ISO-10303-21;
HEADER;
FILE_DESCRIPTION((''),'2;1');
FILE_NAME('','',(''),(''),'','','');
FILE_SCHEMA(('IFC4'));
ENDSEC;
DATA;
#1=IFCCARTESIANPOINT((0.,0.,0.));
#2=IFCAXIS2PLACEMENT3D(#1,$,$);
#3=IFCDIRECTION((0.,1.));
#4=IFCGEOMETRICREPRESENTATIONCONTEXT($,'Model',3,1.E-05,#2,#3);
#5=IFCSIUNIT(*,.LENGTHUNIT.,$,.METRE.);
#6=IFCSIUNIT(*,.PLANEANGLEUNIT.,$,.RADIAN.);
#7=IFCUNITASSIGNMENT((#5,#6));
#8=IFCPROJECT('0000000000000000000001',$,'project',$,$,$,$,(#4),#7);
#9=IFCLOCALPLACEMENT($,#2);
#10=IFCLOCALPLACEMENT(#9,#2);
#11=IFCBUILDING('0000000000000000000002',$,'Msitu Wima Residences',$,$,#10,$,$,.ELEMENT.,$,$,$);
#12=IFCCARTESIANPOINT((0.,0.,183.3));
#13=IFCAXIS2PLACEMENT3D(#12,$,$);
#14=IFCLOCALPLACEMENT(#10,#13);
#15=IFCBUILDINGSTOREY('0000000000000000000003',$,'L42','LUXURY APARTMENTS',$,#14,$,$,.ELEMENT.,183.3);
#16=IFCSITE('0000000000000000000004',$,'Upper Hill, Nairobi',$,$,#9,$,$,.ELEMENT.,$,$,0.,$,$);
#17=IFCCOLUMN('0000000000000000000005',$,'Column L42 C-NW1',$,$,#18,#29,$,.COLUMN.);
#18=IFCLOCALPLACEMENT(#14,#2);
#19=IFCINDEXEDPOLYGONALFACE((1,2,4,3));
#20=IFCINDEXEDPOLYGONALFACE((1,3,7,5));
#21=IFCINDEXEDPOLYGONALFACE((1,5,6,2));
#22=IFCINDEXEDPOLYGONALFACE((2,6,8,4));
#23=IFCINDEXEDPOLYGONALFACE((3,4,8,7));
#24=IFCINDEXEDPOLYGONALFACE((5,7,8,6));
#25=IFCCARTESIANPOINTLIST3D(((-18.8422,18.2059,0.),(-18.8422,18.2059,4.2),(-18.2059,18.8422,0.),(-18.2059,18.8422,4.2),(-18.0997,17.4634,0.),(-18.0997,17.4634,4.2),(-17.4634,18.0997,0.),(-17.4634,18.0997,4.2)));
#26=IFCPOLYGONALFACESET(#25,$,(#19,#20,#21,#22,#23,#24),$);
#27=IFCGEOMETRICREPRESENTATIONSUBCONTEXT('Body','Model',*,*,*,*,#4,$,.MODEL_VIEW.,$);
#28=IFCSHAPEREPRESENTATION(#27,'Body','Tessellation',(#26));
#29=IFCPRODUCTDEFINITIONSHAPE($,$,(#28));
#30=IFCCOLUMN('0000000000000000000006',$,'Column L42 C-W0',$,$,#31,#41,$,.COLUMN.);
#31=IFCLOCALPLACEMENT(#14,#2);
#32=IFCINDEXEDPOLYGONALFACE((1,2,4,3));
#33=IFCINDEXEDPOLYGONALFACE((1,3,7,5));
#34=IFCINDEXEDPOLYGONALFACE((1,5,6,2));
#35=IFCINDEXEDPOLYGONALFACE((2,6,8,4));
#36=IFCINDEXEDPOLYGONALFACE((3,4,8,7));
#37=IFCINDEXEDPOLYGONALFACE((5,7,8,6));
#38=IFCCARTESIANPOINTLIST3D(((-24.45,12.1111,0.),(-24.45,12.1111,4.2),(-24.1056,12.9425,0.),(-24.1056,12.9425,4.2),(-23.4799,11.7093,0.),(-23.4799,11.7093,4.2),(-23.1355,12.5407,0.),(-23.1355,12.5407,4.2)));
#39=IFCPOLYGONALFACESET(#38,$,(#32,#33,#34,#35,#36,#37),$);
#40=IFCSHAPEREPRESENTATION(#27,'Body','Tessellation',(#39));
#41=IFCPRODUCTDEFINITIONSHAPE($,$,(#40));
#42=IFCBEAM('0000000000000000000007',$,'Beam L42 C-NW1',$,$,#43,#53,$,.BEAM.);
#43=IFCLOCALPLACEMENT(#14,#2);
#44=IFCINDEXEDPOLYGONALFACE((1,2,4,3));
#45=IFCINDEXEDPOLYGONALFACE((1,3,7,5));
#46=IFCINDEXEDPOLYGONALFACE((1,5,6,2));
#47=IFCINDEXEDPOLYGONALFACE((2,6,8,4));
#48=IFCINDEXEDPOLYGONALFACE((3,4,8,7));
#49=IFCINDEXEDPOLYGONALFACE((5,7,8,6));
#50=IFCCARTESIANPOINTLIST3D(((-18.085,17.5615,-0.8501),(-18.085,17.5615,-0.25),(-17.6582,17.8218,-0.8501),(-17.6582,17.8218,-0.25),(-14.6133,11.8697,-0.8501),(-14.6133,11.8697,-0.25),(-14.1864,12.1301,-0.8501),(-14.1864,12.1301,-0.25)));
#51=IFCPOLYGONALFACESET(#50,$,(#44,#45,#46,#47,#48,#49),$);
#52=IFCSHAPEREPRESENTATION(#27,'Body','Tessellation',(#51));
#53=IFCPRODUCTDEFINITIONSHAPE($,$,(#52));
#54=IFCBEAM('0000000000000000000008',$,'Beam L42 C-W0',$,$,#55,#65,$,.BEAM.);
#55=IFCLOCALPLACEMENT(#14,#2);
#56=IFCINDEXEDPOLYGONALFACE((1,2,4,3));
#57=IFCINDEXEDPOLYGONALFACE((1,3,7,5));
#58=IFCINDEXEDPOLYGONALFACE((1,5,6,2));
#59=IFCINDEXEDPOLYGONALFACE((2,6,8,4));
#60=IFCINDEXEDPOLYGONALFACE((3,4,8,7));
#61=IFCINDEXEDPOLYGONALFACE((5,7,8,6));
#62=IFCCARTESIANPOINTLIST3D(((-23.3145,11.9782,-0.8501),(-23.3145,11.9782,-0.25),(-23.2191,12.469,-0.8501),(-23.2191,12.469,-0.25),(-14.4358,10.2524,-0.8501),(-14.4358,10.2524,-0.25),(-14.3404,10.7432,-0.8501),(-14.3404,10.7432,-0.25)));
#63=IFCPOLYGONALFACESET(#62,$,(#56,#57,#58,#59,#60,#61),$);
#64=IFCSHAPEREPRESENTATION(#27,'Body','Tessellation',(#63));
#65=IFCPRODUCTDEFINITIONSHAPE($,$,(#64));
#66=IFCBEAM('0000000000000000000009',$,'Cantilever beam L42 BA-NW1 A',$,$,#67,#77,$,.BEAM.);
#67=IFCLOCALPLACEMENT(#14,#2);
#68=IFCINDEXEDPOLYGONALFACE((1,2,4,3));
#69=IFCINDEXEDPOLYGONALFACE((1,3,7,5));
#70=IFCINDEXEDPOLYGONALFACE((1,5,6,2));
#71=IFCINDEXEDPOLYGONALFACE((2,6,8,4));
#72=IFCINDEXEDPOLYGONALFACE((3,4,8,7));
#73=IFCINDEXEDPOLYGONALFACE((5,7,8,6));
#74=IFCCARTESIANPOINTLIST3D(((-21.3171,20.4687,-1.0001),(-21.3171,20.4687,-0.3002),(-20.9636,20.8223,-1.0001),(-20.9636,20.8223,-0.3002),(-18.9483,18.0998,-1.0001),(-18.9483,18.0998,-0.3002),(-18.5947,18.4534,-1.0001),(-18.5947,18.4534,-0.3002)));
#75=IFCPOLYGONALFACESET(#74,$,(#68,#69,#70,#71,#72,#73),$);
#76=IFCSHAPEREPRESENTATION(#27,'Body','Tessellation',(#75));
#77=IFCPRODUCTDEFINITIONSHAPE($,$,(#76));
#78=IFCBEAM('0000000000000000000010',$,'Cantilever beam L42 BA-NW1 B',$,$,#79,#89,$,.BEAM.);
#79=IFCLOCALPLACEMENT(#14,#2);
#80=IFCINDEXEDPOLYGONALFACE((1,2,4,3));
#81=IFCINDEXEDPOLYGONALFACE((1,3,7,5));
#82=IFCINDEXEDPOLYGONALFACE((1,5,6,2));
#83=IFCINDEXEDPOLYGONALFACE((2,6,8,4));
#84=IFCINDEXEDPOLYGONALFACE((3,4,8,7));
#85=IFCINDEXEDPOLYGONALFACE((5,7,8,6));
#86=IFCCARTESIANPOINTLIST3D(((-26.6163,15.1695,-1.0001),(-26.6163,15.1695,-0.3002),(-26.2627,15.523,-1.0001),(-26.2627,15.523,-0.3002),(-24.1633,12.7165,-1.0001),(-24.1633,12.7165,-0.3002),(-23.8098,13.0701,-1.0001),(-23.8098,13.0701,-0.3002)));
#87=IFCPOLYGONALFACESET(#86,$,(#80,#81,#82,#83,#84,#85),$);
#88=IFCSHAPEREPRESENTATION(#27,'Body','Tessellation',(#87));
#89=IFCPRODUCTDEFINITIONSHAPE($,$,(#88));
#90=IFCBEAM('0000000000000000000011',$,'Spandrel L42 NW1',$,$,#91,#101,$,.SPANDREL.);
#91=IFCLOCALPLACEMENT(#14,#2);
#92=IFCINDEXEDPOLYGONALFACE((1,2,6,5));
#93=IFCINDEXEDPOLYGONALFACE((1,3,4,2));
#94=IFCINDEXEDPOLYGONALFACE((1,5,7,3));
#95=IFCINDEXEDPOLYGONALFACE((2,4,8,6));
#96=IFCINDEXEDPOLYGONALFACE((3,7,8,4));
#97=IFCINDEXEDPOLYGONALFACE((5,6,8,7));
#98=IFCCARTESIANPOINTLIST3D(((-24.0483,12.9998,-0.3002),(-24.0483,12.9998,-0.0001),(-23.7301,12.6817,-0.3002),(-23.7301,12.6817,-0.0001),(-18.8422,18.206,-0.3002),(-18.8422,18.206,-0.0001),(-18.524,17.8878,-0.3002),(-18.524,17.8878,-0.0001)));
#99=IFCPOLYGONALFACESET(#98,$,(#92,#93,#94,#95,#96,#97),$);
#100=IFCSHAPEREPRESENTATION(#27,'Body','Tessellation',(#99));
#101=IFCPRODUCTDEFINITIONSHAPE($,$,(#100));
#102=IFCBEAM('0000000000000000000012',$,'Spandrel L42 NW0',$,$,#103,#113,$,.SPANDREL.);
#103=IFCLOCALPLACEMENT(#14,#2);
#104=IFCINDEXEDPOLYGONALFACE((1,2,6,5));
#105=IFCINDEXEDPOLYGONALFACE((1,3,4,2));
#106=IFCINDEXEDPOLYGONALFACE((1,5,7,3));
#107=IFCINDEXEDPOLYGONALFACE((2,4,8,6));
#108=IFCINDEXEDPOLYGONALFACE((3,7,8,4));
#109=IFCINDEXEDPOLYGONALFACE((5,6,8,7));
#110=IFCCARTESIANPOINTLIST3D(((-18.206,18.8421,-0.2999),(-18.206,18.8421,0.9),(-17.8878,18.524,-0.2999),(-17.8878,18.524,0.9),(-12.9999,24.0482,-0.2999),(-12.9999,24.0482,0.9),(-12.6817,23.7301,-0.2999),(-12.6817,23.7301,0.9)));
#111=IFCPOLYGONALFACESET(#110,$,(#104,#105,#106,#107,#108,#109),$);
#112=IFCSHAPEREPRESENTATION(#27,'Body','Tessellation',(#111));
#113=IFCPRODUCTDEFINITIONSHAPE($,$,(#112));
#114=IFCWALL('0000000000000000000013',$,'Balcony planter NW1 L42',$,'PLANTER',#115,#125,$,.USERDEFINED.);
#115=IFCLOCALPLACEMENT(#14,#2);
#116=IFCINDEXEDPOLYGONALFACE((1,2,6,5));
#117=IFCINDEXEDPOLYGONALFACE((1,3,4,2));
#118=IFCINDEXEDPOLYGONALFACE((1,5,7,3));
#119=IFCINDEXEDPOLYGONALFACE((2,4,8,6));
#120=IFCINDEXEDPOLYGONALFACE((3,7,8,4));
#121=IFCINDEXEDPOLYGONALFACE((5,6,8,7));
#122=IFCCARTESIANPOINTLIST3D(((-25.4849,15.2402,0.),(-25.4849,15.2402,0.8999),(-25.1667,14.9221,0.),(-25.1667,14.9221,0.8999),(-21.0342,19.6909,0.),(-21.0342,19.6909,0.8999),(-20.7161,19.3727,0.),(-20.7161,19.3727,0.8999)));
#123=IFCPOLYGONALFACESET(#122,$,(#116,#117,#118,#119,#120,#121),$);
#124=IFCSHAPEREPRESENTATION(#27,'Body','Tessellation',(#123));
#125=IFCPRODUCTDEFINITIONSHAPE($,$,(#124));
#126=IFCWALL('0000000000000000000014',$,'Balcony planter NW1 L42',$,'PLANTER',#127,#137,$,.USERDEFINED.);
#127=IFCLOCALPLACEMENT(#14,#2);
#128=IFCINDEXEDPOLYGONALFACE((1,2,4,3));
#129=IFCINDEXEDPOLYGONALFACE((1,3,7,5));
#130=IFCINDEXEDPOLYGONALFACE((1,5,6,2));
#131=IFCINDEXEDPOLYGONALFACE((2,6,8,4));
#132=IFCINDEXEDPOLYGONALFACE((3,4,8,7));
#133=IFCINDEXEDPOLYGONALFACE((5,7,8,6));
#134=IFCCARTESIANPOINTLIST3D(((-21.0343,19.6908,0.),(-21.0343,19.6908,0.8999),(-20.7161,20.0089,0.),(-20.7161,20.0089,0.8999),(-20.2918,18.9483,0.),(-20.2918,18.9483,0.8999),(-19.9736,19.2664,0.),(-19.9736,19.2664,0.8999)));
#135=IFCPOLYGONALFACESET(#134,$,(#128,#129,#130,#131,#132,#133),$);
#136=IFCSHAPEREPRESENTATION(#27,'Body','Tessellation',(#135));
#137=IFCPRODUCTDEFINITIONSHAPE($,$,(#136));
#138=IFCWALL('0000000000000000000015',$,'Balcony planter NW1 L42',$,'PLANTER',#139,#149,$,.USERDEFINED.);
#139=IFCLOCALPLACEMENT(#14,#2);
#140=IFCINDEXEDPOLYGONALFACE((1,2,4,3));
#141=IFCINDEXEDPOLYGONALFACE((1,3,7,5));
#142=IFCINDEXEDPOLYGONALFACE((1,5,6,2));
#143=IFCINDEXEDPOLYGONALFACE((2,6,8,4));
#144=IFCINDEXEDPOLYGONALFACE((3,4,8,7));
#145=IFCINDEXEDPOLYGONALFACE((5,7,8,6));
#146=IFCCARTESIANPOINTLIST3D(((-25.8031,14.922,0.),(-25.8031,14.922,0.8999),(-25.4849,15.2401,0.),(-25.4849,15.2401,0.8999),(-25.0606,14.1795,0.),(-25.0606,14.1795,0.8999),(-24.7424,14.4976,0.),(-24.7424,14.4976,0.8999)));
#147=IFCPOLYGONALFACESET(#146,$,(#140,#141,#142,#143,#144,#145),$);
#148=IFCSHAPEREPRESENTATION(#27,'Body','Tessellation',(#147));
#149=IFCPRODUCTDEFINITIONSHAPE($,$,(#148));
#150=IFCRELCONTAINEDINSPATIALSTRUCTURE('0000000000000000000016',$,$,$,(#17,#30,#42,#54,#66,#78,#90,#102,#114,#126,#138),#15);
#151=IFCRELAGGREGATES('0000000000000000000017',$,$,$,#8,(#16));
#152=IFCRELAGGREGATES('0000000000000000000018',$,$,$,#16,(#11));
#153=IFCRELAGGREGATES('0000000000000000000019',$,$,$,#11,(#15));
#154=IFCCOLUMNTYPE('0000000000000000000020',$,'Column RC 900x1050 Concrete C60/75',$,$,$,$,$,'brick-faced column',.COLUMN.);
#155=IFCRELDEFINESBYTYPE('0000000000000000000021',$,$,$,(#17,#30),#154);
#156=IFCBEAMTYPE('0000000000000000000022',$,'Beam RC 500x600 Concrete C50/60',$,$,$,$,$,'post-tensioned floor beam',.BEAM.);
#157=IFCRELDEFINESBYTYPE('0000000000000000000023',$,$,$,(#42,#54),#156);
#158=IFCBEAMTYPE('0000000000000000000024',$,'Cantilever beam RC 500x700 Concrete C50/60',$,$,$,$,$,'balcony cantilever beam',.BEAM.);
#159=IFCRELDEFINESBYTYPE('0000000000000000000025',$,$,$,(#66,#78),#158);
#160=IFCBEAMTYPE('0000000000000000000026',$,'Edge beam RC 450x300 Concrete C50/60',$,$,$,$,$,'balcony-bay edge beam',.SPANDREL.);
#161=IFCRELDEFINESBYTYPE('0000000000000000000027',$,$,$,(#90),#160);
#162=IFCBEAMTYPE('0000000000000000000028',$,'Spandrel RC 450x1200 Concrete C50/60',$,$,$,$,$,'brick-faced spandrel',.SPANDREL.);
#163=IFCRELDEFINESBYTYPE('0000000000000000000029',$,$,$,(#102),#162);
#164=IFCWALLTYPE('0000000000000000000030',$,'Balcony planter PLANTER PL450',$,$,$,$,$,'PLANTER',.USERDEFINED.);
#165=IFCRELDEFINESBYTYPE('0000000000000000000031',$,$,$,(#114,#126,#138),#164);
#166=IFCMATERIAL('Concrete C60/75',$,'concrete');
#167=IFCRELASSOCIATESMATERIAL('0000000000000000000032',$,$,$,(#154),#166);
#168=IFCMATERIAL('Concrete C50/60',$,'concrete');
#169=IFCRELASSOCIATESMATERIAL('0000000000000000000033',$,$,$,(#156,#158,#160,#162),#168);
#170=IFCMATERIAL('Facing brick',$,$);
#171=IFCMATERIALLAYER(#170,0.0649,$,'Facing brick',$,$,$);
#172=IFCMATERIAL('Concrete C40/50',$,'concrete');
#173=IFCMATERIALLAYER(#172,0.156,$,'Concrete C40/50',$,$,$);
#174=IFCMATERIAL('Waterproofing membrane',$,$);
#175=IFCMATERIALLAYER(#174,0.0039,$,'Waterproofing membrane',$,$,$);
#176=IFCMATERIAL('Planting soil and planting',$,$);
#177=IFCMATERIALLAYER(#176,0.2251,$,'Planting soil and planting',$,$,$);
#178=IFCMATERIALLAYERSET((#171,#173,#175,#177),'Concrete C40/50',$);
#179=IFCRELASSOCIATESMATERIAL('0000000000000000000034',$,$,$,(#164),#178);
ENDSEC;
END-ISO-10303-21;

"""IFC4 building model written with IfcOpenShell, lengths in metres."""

from ifc_helpers import new_model, si_unit, direction, frame, frame_2d, origin, origin_2d, place, context, subcontext, project, spatial, rectangle, extrude, material, layer, layer_set, material_profile, profile_set, type_object, element, save


model = new_model("IFC4")

# Units and contexts
model_context = context("Model", 3, precision=1e-05, world=origin(), true_north=direction((0.0, 1.0)))
body_context = subcontext(model_context, "Body", "Model", "MODEL_VIEW")
ifc_project = project(units=[si_unit("LENGTHUNIT", "METRE"), si_unit("PLANEANGLEUNIT", "RADIAN")], contexts=[model_context])

# Site, building, storey
site_placement = place(None, origin())
site = spatial("IfcSite", under=ifc_project, at=site_placement, Name="Upper Hill, Nairobi", CompositionType="ELEMENT", RefElevation=0.0)
building_placement = place(site_placement, origin())
building = spatial("IfcBuilding", under=site, at=building_placement, Name="Msitu Wima Residences", CompositionType="ELEMENT")
storey_placement = place(building_placement, frame((0.0, 0.0, 183.3)))
storey = spatial("IfcBuildingStorey", under=building, at=storey_placement, Name="L42", Description="LUXURY APARTMENTS", CompositionType="ELEMENT", Elevation=183.3)

# Columns
ifc_material_1 = material(Name="Concrete C60/75", Category="concrete")
ifc_material_profile_1 = material_profile(ifc_material_1, rectangle(XDim=0.8999, YDim=1.05, at=origin_2d()), Name="RC 900x1050")
ifc_profile_set_1 = profile_set([ifc_material_profile_1], Name="Concrete C60/75")
column_type = type_object("IfcColumnType", Name="Column RC 900x1050 Concrete C60/75", ElementType="brick-faced column", PredefinedType="COLUMN", material=ifc_profile_set_1)
for number, where, z_axis, x_axis, name in (
    (1, (-18.1528, 18.1528, 0.0), (0.0, 0.0, 1.0), (-0.707107, -0.707107, 0.0), "Column L42 C-NW1"),
    (2, (-23.7927, 12.3259, 0.0), (0.0, 0.0, 1.0), (-0.382683, -0.92388, 0.0), "Column L42 C-W0"),
):
    element("IfcColumn", number, at=place(storey_placement, frame(where, z_axis=z_axis, x_axis=x_axis)), inside=storey, type_object=column_type, Name=name, PredefinedType="COLUMN", context=body_context, shape_type="SweptSolid", body=[
        extrude(rectangle(XDim=0.8999, YDim=1.05, at=origin_2d()), origin(), (0.0, 0.0, 1.0), 4.2),
    ])

# Beams
ifc_material_2 = material(Name="Concrete C50/60", Category="concrete")
ifc_material_profile_2 = material_profile(ifc_material_2, rectangle(XDim=0.5, YDim=0.6001, at=origin_2d()), Name="RC 500x600")
ifc_profile_set_2 = profile_set([ifc_material_profile_2], Name="Concrete C50/60")
beam_type_1 = type_object("IfcBeamType", Name="Beam RC 500x600 Concrete C50/60", ElementType="post-tensioned floor beam", PredefinedType="BEAM", material=ifc_profile_set_2)
beam_1_placement = place(storey_placement, frame((-17.8716, 17.6917, -0.55), z_axis=(0.520734, -0.853719, 0.0), x_axis=(0.853719, 0.520734, 0.0)))
element("IfcBeam", 3, at=beam_1_placement, inside=storey, type_object=beam_type_1, Name="Beam L42 C-NW1", PredefinedType="BEAM", context=body_context, shape_type="SweptSolid", body=[
    extrude(rectangle(XDim=0.5, YDim=0.6001, at=origin_2d()), origin(), (0.0, 0.0, 1.0), 6.667),
])
beam_2_placement = place(storey_placement, frame((-23.2668, 12.2236, -0.55), z_axis=(0.981627, -0.190808, 0.0), x_axis=(0.190808, 0.981627, 0.0)))
element("IfcBeam", 4, at=beam_2_placement, inside=storey, type_object=beam_type_1, Name="Beam L42 C-W0", PredefinedType="BEAM", context=body_context, shape_type="SweptSolid", body=[
    extrude(rectangle(XDim=0.5, YDim=0.6001, at=origin_2d()), origin(), (0.0, 0.0, 1.0), 9.0449),
])
ifc_material_profile_3 = material_profile(ifc_material_2, rectangle(XDim=0.5, YDim=0.7, at=origin_2d()), Name="RC 500x700")
ifc_profile_set_3 = profile_set([ifc_material_profile_3], Name="Concrete C50/60")
beam_type_2 = type_object("IfcBeamType", Name="Cantilever beam RC 500x700 Concrete C50/60", ElementType="balcony cantilever beam", PredefinedType="BEAM", material=ifc_profile_set_3)
beam_3_placement = place(storey_placement, frame((-18.7715, 18.2766, -0.6501), z_axis=(-0.707107, 0.707107, 0.0), x_axis=(-0.707107, -0.707107, 0.0)))
element("IfcBeam", 5, at=beam_3_placement, inside=storey, type_object=beam_type_2, Name="Cantilever beam L42 BA-NW1 A", PredefinedType="BEAM", context=body_context, shape_type="SweptSolid", body=[
    extrude(rectangle(XDim=0.5, YDim=0.7, at=origin_2d()), origin(), (0.0, 0.0, 1.0), 3.3501),
])
beam_4_placement = place(storey_placement, frame((-23.9866, 12.8933, -0.6501), z_axis=(-0.707107, 0.707107, 0.0), x_axis=(-0.707107, -0.707107, 0.0)))
element("IfcBeam", 6, at=beam_4_placement, inside=storey, type_object=beam_type_2, Name="Cantilever beam L42 BA-NW1 B", PredefinedType="BEAM", context=body_context, shape_type="SweptSolid", body=[
    extrude(rectangle(XDim=0.5, YDim=0.7, at=origin_2d()), origin(), (0.0, 0.0, 1.0), 3.469),
])
ifc_material_profile_4 = material_profile(ifc_material_2, rectangle(XDim=0.45, YDim=0.3, at=origin_2d()), Name="RC 450x300")
ifc_profile_set_4 = profile_set([ifc_material_profile_4], Name="Concrete C50/60")
beam_type_3 = type_object("IfcBeamType", Name="Edge beam RC 450x300 Concrete C50/60", ElementType="balcony-bay edge beam", PredefinedType="SPANDREL", material=ifc_profile_set_4)
beam_5_placement = place(storey_placement, frame((-18.6831, 18.0469, -0.1501), z_axis=(-0.707107, -0.707107, 0.0), x_axis=(0.707107, -0.707107, 0.0)))
element("IfcBeam", 7, at=beam_5_placement, inside=storey, type_object=beam_type_3, Name="Spandrel L42 NW1", PredefinedType="SPANDREL", context=body_context, shape_type="SweptSolid", body=[
    extrude(rectangle(XDim=0.45, YDim=0.3, at=origin_2d()), origin(), (0.0, 0.0, 1.0), 7.3625),
])
ifc_material_profile_5 = material_profile(ifc_material_2, rectangle(XDim=0.45, YDim=1.2, at=origin_2d()), Name="RC 450x1200")
ifc_profile_set_5 = profile_set([ifc_material_profile_5], Name="Concrete C50/60")
beam_type_4 = type_object("IfcBeamType", Name="Spandrel RC 450x1200 Concrete C50/60", ElementType="brick-faced spandrel", PredefinedType="SPANDREL", material=ifc_profile_set_5)
beam_6_placement = place(storey_placement, frame((-12.8408, 23.8892, 0.3), z_axis=(-0.707107, -0.707107, 0.0), x_axis=(0.707107, -0.707107, 0.0)))
element("IfcBeam", 8, at=beam_6_placement, inside=storey, type_object=beam_type_4, Name="Spandrel L42 NW0", PredefinedType="SPANDREL", context=body_context, shape_type="SweptSolid", body=[
    extrude(rectangle(XDim=0.45, YDim=1.2, at=origin_2d()), origin(), (0.0, 0.0, 1.0), 7.3625),
])

# Walls
ifc_material_3 = material(Name="Facing brick")
ifc_layer_1 = layer(ifc_material_3, 0.0649, Name="Facing brick")
ifc_material_4 = material(Name="Concrete C40/50", Category="concrete")
ifc_layer_2 = layer(ifc_material_4, 0.156, Name="Concrete C40/50")
ifc_material_5 = material(Name="Waterproofing membrane")
ifc_layer_3 = layer(ifc_material_5, 0.0039, Name="Waterproofing membrane")
ifc_material_6 = material(Name="Planting soil and planting")
ifc_layer_4 = layer(ifc_material_6, 0.2251, Name="Planting soil and planting")
ifc_layer_set_1 = layer_set([ifc_layer_1, ifc_layer_2, ifc_layer_3, ifc_layer_4], Name="Concrete C40/50")
wall_type_1 = type_object("IfcWallType", Name="Balcony planter PLANTER PL450", ElementType="PLANTER", PredefinedType="USERDEFINED", material=ifc_layer_set_1)
wall_1_placement = place(storey_placement, frame((-20.8752, 19.5317, 0.0), z_axis=(0.0, 0.0, 1.0), x_axis=(-0.707107, -0.707107, 0.0)))
element("IfcWall", 9, at=wall_1_placement, inside=storey, type_object=wall_type_1, Name="Balcony planter NW1 L42", ObjectType="PLANTER", PredefinedType="USERDEFINED", context=body_context, shape_type="SweptSolid", body=[
    extrude(rectangle(XDim=6.2942, YDim=0.45, at=frame_2d((3.147, 0.0))), origin(), (0.0, 0.0, 1.0), 0.8999),
])
for number, where, z_axis, x_axis, name in (
    (10, (-20.1328, 19.1074, 0.0), (0.0, 0.0, 1.0), (-0.707107, 0.707107, 0.0), "Balcony planter NW1 L42"),
    (11, (-24.9016, 14.3386, 0.0), (0.0, 0.0, 1.0), (-0.707107, 0.707107, 0.0), "Balcony planter NW1 L42"),
):
    element("IfcWall", number, at=place(storey_placement, frame(where, z_axis=z_axis, x_axis=x_axis)), inside=storey, type_object=wall_type_1, Name=name, ObjectType="PLANTER", PredefinedType="USERDEFINED", context=body_context, shape_type="SweptSolid", body=[
        extrude(rectangle(XDim=1.05, YDim=0.45, at=frame_2d((0.5249, 0.0))), origin(), (0.0, 0.0, 1.0), 0.8999),
    ])

save(model, "model.ifc")
